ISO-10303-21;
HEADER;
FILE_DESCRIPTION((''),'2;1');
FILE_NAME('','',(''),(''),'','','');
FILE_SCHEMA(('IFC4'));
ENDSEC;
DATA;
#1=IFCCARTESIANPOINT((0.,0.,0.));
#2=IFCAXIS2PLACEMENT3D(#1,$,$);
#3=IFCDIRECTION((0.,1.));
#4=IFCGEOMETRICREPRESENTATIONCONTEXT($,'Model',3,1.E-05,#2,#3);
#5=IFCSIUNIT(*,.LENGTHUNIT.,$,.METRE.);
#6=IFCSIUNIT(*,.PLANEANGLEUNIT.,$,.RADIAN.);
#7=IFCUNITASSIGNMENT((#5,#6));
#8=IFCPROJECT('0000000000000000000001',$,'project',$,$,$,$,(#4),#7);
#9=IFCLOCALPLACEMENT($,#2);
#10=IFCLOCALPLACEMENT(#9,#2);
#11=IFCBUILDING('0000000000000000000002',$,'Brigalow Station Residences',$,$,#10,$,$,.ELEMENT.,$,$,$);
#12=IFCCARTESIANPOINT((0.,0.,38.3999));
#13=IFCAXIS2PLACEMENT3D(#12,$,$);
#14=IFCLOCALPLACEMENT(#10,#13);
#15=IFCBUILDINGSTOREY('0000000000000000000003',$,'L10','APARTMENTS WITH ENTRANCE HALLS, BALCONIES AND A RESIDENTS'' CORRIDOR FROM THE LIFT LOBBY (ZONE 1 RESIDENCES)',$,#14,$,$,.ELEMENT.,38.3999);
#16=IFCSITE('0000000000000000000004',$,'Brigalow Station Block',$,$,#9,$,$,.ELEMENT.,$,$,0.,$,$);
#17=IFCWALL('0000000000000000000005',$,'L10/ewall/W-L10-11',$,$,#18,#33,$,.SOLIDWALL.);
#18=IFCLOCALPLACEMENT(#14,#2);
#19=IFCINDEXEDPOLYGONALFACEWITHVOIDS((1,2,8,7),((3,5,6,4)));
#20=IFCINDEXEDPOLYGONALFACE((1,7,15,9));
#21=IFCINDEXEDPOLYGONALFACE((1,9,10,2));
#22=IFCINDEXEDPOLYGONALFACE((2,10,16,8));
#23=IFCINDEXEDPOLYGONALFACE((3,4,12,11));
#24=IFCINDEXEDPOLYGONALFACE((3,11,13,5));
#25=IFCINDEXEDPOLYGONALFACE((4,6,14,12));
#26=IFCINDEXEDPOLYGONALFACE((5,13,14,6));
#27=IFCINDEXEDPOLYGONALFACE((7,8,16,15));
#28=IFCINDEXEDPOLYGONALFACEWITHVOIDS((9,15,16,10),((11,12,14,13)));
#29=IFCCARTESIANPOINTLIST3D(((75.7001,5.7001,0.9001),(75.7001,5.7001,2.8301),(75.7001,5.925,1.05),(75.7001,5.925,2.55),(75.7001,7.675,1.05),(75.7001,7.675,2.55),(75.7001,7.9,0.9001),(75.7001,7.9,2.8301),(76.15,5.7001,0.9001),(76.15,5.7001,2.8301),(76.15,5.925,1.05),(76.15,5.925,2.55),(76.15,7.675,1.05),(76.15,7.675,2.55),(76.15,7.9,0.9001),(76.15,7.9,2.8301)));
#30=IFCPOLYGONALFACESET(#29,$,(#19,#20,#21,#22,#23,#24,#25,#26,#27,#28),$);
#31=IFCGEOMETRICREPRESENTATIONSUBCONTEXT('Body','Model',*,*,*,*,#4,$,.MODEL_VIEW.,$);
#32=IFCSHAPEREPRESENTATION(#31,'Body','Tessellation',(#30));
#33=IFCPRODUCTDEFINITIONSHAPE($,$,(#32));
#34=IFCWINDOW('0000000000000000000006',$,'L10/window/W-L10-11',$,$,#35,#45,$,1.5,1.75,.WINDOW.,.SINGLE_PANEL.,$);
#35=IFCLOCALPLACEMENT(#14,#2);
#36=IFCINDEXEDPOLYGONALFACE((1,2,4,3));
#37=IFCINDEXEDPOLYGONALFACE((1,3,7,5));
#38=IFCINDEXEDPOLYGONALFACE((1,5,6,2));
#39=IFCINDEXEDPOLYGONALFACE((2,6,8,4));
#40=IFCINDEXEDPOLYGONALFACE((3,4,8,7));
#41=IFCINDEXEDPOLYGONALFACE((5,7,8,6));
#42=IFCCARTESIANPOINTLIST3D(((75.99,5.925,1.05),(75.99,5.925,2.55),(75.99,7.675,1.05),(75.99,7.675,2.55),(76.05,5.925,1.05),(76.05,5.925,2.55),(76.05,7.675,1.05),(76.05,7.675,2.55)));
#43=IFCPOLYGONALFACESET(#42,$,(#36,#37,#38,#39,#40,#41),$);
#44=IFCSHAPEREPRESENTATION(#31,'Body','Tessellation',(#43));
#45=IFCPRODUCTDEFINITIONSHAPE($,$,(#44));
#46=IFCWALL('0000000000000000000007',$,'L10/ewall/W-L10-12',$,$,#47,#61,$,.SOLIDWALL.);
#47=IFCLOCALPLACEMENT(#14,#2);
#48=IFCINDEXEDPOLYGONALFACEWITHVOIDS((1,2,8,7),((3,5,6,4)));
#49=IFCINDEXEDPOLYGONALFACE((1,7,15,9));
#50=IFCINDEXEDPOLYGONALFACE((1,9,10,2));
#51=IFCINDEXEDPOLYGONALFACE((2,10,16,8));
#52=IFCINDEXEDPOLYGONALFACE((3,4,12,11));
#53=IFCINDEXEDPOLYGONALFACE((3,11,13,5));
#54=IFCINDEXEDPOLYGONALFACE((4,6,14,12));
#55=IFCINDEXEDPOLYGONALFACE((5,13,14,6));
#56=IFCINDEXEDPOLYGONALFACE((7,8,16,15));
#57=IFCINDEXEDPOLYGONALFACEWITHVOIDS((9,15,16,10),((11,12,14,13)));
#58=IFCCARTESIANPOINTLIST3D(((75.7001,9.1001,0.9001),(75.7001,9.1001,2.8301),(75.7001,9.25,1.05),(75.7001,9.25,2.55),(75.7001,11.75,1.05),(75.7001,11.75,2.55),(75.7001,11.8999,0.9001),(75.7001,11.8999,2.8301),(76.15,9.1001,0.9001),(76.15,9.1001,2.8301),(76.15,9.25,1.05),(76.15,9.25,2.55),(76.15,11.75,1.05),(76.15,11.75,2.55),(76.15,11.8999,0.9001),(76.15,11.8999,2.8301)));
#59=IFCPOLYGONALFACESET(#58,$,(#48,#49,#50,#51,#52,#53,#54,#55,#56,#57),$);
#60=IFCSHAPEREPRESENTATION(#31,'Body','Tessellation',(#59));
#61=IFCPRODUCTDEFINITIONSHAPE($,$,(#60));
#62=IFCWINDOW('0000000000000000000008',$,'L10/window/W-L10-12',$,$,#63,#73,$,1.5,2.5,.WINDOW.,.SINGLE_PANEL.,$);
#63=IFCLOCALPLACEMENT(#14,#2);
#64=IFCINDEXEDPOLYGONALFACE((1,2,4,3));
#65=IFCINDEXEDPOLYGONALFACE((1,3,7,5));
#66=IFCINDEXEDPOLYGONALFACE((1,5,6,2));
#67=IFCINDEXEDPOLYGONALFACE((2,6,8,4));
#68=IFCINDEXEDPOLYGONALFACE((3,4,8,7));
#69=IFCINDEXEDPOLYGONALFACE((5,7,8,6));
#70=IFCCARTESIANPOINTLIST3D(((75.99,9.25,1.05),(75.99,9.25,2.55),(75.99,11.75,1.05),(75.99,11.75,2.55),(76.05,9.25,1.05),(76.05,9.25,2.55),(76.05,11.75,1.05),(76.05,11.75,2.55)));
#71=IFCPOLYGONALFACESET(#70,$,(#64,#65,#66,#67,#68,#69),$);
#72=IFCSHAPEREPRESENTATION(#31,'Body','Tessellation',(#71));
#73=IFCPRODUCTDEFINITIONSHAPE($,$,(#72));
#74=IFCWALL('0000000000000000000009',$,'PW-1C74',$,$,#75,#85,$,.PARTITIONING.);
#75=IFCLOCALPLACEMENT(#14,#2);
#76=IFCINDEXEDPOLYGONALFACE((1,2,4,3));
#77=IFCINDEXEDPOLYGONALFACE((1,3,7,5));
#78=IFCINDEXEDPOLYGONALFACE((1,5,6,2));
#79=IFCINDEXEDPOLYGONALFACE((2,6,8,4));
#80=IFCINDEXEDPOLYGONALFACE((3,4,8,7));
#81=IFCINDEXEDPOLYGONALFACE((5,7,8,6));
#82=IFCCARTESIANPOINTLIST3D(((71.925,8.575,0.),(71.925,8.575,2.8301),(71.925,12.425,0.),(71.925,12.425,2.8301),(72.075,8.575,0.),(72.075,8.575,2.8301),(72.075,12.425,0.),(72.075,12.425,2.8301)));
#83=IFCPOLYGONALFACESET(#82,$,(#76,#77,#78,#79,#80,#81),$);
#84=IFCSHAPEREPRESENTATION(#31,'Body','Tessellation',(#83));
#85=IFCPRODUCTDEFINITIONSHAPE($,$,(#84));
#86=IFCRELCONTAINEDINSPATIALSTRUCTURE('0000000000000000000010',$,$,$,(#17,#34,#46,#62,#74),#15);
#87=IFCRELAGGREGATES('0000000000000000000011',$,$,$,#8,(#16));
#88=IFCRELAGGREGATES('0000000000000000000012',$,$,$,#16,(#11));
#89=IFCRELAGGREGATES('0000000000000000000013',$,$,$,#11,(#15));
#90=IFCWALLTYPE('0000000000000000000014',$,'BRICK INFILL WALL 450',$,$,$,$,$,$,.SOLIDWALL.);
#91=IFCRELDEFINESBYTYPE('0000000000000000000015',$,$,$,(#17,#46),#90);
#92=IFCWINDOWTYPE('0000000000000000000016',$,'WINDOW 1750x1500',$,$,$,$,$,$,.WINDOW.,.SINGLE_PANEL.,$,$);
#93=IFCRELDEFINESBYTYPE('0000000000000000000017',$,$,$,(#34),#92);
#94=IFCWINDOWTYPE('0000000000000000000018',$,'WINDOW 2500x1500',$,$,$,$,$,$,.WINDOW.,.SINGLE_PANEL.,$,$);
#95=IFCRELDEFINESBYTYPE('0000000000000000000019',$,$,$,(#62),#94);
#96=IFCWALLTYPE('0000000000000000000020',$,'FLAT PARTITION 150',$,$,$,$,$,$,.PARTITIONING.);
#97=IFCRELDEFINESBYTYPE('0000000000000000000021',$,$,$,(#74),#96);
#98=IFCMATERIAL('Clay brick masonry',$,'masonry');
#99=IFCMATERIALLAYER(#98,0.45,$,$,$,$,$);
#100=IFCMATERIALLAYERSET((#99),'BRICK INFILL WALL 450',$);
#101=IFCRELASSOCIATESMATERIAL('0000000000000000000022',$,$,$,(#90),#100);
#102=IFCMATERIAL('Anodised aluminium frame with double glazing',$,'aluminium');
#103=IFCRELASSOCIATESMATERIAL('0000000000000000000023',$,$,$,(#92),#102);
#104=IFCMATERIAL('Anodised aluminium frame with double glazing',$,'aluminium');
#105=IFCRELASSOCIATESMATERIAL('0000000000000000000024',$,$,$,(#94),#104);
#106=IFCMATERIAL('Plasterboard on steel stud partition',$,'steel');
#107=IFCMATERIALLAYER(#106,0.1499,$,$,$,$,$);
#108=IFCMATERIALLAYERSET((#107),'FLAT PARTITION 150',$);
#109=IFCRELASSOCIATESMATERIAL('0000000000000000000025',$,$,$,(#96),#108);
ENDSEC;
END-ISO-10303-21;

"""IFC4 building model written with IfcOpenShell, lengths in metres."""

from ifc_helpers import new_model, si_unit, direction, frame, frame_2d, origin, place, context, subcontext, project, spatial, rectangle, extrude, material, layer, layer_set, type_object, element, fill, save


model = new_model("IFC4")

# Units and contexts
model_context = context("Model", 3, precision=1e-05, world=origin(), true_north=direction((0.0, 1.0)))
body_context = subcontext(model_context, "Body", "Model", "MODEL_VIEW")
ifc_project = project(units=[si_unit("LENGTHUNIT", "METRE"), si_unit("PLANEANGLEUNIT", "RADIAN")], contexts=[model_context])

# Site, building, storey
site_placement = place(None, origin())
site = spatial("IfcSite", under=ifc_project, at=site_placement, Name="Brigalow Station Block", CompositionType="ELEMENT", RefElevation=0.0)
building_placement = place(site_placement, origin())
building = spatial("IfcBuilding", under=site, at=building_placement, Name="Brigalow Station Residences", CompositionType="ELEMENT")
storey_placement = place(building_placement, frame((0.0, 0.0, 38.3999)))
storey = spatial("IfcBuildingStorey", under=building, at=storey_placement, Name="L10", Description="APARTMENTS WITH ENTRANCE HALLS, BALCONIES AND A RESIDENTS' CORRIDOR FROM THE LIFT LOBBY (ZONE 1 RESIDENCES)", CompositionType="ELEMENT", Elevation=38.3999)

# Walls, openings, windows
ifc_material_1 = material(Name="Clay brick masonry", Category="masonry")
ifc_layer_1 = layer(ifc_material_1, 0.45)
ifc_layer_set_1 = layer_set([ifc_layer_1], Name="BRICK INFILL WALL 450")
wall_type_1 = type_object("IfcWallType", Name="BRICK INFILL WALL 450", PredefinedType="SOLIDWALL", material=ifc_layer_set_1)
wall_1_placement = place(storey_placement, frame((75.925, 5.7, 0.9001), z_axis=(0.0, 0.0, 1.0), x_axis=(0.0, 1.0, 0.0)))
wall_1 = element("IfcWall", 1, at=wall_1_placement, inside=storey, type_object=wall_type_1, Name="L10/ewall/W-L10-11", PredefinedType="SOLIDWALL", context=body_context, shape_type="SweptSolid", body=[
    extrude(rectangle(XDim=2.2, YDim=0.45, at=frame_2d((1.1001, 0.0))), origin(), (0.0, 0.0, 1.0), 1.9299),
])
opening_1_placement = place(wall_1_placement, frame((0.2251, 0.0, 0.1499)))
opening_1 = element("IfcOpeningElement", 2, at=opening_1_placement, cuts=wall_1, PredefinedType="OPENING", context=body_context, shape_type="SweptSolid", body=[
    extrude(rectangle(XDim=1.75, YDim=1.5, at=frame_2d((0.875, 0.75))), frame((0.0, 0.2349, 0.0), z_axis=(0.0, -1.0, 0.0), x_axis=(1.0, 0.0, 0.0)), (0.0, 0.0, 1.0), 0.47),
])
ifc_material_2 = material(Name="Anodised aluminium frame with double glazing", Category="aluminium")
window_type_1 = type_object("IfcWindowType", Name="WINDOW 1750x1500", PartitioningType="SINGLE_PANEL", PredefinedType="WINDOW", material=ifc_material_2)
window_1_placement = place(opening_1_placement, origin())
window_1 = element("IfcWindow", 3, at=window_1_placement, inside=storey, type_object=window_type_1, Name="L10/window/W-L10-11", OverallHeight=1.5, OverallWidth=1.75, PartitioningType="SINGLE_PANEL", PredefinedType="WINDOW", context=body_context, shape_type="SweptSolid", body=[
    extrude(rectangle(XDim=1.75, YDim=1.5, at=frame_2d((0.875, 0.75))), frame((0.0, -0.0649, 0.0), z_axis=(0.0, -1.0, 0.0), x_axis=(1.0, 0.0, 0.0)), (0.0, 0.0, 1.0), 0.0601),
])
fill(opening_1, window_1)
wall_2_placement = place(storey_placement, frame((75.925, 9.1001, 0.9001), z_axis=(0.0, 0.0, 1.0), x_axis=(0.0, 1.0, 0.0)))
wall_2 = element("IfcWall", 4, at=wall_2_placement, inside=storey, type_object=wall_type_1, Name="L10/ewall/W-L10-12", PredefinedType="SOLIDWALL", context=body_context, shape_type="SweptSolid", body=[
    extrude(rectangle(XDim=2.7998, YDim=0.45, at=frame_2d((1.3999, 0.0))), origin(), (0.0, 0.0, 1.0), 1.9299),
])
opening_2_placement = place(wall_2_placement, frame((0.1499, 0.0, 0.1499)))
opening_2 = element("IfcOpeningElement", 5, at=opening_2_placement, cuts=wall_2, PredefinedType="OPENING", context=body_context, shape_type="SweptSolid", body=[
    extrude(rectangle(XDim=2.5, YDim=1.5, at=frame_2d((1.25, 0.75))), frame((0.0, 0.2349, 0.0), z_axis=(0.0, -1.0, 0.0), x_axis=(1.0, 0.0, 0.0)), (0.0, 0.0, 1.0), 0.47),
])
ifc_material_3 = material(Name="Anodised aluminium frame with double glazing", Category="aluminium")
window_type_2 = type_object("IfcWindowType", Name="WINDOW 2500x1500", PartitioningType="SINGLE_PANEL", PredefinedType="WINDOW", material=ifc_material_3)
window_2_placement = place(opening_2_placement, origin())
window_2 = element("IfcWindow", 6, at=window_2_placement, inside=storey, type_object=window_type_2, Name="L10/window/W-L10-12", OverallHeight=1.5, OverallWidth=2.5, PartitioningType="SINGLE_PANEL", PredefinedType="WINDOW", context=body_context, shape_type="SweptSolid", body=[
    extrude(rectangle(XDim=2.5, YDim=1.5, at=frame_2d((1.25, 0.75))), frame((0.0, -0.0649, 0.0), z_axis=(0.0, -1.0, 0.0), x_axis=(1.0, 0.0, 0.0)), (0.0, 0.0, 1.0), 0.0601),
])
fill(opening_2, window_2)

# Wall
ifc_material_4 = material(Name="Plasterboard on steel stud partition", Category="steel")
ifc_layer_2 = layer(ifc_material_4, 0.1499)
ifc_layer_set_2 = layer_set([ifc_layer_2], Name="FLAT PARTITION 150")
wall_type_2 = type_object("IfcWallType", Name="FLAT PARTITION 150", PredefinedType="PARTITIONING", material=ifc_layer_set_2)
wall_3_placement = place(storey_placement, frame((72.0, 8.575, 0.0), z_axis=(0.0, 0.0, 1.0), x_axis=(0.0, 1.0, 0.0)))
element("IfcWall", 7, at=wall_3_placement, inside=storey, type_object=wall_type_2, Name="PW-1C74", PredefinedType="PARTITIONING", context=body_context, shape_type="SweptSolid", body=[
    extrude(rectangle(XDim=3.8501, YDim=0.1499, at=frame_2d((1.925, 0.0))), origin(), (0.0, 0.0, 1.0), 2.8301),
])

save(model, "model.ifc")
